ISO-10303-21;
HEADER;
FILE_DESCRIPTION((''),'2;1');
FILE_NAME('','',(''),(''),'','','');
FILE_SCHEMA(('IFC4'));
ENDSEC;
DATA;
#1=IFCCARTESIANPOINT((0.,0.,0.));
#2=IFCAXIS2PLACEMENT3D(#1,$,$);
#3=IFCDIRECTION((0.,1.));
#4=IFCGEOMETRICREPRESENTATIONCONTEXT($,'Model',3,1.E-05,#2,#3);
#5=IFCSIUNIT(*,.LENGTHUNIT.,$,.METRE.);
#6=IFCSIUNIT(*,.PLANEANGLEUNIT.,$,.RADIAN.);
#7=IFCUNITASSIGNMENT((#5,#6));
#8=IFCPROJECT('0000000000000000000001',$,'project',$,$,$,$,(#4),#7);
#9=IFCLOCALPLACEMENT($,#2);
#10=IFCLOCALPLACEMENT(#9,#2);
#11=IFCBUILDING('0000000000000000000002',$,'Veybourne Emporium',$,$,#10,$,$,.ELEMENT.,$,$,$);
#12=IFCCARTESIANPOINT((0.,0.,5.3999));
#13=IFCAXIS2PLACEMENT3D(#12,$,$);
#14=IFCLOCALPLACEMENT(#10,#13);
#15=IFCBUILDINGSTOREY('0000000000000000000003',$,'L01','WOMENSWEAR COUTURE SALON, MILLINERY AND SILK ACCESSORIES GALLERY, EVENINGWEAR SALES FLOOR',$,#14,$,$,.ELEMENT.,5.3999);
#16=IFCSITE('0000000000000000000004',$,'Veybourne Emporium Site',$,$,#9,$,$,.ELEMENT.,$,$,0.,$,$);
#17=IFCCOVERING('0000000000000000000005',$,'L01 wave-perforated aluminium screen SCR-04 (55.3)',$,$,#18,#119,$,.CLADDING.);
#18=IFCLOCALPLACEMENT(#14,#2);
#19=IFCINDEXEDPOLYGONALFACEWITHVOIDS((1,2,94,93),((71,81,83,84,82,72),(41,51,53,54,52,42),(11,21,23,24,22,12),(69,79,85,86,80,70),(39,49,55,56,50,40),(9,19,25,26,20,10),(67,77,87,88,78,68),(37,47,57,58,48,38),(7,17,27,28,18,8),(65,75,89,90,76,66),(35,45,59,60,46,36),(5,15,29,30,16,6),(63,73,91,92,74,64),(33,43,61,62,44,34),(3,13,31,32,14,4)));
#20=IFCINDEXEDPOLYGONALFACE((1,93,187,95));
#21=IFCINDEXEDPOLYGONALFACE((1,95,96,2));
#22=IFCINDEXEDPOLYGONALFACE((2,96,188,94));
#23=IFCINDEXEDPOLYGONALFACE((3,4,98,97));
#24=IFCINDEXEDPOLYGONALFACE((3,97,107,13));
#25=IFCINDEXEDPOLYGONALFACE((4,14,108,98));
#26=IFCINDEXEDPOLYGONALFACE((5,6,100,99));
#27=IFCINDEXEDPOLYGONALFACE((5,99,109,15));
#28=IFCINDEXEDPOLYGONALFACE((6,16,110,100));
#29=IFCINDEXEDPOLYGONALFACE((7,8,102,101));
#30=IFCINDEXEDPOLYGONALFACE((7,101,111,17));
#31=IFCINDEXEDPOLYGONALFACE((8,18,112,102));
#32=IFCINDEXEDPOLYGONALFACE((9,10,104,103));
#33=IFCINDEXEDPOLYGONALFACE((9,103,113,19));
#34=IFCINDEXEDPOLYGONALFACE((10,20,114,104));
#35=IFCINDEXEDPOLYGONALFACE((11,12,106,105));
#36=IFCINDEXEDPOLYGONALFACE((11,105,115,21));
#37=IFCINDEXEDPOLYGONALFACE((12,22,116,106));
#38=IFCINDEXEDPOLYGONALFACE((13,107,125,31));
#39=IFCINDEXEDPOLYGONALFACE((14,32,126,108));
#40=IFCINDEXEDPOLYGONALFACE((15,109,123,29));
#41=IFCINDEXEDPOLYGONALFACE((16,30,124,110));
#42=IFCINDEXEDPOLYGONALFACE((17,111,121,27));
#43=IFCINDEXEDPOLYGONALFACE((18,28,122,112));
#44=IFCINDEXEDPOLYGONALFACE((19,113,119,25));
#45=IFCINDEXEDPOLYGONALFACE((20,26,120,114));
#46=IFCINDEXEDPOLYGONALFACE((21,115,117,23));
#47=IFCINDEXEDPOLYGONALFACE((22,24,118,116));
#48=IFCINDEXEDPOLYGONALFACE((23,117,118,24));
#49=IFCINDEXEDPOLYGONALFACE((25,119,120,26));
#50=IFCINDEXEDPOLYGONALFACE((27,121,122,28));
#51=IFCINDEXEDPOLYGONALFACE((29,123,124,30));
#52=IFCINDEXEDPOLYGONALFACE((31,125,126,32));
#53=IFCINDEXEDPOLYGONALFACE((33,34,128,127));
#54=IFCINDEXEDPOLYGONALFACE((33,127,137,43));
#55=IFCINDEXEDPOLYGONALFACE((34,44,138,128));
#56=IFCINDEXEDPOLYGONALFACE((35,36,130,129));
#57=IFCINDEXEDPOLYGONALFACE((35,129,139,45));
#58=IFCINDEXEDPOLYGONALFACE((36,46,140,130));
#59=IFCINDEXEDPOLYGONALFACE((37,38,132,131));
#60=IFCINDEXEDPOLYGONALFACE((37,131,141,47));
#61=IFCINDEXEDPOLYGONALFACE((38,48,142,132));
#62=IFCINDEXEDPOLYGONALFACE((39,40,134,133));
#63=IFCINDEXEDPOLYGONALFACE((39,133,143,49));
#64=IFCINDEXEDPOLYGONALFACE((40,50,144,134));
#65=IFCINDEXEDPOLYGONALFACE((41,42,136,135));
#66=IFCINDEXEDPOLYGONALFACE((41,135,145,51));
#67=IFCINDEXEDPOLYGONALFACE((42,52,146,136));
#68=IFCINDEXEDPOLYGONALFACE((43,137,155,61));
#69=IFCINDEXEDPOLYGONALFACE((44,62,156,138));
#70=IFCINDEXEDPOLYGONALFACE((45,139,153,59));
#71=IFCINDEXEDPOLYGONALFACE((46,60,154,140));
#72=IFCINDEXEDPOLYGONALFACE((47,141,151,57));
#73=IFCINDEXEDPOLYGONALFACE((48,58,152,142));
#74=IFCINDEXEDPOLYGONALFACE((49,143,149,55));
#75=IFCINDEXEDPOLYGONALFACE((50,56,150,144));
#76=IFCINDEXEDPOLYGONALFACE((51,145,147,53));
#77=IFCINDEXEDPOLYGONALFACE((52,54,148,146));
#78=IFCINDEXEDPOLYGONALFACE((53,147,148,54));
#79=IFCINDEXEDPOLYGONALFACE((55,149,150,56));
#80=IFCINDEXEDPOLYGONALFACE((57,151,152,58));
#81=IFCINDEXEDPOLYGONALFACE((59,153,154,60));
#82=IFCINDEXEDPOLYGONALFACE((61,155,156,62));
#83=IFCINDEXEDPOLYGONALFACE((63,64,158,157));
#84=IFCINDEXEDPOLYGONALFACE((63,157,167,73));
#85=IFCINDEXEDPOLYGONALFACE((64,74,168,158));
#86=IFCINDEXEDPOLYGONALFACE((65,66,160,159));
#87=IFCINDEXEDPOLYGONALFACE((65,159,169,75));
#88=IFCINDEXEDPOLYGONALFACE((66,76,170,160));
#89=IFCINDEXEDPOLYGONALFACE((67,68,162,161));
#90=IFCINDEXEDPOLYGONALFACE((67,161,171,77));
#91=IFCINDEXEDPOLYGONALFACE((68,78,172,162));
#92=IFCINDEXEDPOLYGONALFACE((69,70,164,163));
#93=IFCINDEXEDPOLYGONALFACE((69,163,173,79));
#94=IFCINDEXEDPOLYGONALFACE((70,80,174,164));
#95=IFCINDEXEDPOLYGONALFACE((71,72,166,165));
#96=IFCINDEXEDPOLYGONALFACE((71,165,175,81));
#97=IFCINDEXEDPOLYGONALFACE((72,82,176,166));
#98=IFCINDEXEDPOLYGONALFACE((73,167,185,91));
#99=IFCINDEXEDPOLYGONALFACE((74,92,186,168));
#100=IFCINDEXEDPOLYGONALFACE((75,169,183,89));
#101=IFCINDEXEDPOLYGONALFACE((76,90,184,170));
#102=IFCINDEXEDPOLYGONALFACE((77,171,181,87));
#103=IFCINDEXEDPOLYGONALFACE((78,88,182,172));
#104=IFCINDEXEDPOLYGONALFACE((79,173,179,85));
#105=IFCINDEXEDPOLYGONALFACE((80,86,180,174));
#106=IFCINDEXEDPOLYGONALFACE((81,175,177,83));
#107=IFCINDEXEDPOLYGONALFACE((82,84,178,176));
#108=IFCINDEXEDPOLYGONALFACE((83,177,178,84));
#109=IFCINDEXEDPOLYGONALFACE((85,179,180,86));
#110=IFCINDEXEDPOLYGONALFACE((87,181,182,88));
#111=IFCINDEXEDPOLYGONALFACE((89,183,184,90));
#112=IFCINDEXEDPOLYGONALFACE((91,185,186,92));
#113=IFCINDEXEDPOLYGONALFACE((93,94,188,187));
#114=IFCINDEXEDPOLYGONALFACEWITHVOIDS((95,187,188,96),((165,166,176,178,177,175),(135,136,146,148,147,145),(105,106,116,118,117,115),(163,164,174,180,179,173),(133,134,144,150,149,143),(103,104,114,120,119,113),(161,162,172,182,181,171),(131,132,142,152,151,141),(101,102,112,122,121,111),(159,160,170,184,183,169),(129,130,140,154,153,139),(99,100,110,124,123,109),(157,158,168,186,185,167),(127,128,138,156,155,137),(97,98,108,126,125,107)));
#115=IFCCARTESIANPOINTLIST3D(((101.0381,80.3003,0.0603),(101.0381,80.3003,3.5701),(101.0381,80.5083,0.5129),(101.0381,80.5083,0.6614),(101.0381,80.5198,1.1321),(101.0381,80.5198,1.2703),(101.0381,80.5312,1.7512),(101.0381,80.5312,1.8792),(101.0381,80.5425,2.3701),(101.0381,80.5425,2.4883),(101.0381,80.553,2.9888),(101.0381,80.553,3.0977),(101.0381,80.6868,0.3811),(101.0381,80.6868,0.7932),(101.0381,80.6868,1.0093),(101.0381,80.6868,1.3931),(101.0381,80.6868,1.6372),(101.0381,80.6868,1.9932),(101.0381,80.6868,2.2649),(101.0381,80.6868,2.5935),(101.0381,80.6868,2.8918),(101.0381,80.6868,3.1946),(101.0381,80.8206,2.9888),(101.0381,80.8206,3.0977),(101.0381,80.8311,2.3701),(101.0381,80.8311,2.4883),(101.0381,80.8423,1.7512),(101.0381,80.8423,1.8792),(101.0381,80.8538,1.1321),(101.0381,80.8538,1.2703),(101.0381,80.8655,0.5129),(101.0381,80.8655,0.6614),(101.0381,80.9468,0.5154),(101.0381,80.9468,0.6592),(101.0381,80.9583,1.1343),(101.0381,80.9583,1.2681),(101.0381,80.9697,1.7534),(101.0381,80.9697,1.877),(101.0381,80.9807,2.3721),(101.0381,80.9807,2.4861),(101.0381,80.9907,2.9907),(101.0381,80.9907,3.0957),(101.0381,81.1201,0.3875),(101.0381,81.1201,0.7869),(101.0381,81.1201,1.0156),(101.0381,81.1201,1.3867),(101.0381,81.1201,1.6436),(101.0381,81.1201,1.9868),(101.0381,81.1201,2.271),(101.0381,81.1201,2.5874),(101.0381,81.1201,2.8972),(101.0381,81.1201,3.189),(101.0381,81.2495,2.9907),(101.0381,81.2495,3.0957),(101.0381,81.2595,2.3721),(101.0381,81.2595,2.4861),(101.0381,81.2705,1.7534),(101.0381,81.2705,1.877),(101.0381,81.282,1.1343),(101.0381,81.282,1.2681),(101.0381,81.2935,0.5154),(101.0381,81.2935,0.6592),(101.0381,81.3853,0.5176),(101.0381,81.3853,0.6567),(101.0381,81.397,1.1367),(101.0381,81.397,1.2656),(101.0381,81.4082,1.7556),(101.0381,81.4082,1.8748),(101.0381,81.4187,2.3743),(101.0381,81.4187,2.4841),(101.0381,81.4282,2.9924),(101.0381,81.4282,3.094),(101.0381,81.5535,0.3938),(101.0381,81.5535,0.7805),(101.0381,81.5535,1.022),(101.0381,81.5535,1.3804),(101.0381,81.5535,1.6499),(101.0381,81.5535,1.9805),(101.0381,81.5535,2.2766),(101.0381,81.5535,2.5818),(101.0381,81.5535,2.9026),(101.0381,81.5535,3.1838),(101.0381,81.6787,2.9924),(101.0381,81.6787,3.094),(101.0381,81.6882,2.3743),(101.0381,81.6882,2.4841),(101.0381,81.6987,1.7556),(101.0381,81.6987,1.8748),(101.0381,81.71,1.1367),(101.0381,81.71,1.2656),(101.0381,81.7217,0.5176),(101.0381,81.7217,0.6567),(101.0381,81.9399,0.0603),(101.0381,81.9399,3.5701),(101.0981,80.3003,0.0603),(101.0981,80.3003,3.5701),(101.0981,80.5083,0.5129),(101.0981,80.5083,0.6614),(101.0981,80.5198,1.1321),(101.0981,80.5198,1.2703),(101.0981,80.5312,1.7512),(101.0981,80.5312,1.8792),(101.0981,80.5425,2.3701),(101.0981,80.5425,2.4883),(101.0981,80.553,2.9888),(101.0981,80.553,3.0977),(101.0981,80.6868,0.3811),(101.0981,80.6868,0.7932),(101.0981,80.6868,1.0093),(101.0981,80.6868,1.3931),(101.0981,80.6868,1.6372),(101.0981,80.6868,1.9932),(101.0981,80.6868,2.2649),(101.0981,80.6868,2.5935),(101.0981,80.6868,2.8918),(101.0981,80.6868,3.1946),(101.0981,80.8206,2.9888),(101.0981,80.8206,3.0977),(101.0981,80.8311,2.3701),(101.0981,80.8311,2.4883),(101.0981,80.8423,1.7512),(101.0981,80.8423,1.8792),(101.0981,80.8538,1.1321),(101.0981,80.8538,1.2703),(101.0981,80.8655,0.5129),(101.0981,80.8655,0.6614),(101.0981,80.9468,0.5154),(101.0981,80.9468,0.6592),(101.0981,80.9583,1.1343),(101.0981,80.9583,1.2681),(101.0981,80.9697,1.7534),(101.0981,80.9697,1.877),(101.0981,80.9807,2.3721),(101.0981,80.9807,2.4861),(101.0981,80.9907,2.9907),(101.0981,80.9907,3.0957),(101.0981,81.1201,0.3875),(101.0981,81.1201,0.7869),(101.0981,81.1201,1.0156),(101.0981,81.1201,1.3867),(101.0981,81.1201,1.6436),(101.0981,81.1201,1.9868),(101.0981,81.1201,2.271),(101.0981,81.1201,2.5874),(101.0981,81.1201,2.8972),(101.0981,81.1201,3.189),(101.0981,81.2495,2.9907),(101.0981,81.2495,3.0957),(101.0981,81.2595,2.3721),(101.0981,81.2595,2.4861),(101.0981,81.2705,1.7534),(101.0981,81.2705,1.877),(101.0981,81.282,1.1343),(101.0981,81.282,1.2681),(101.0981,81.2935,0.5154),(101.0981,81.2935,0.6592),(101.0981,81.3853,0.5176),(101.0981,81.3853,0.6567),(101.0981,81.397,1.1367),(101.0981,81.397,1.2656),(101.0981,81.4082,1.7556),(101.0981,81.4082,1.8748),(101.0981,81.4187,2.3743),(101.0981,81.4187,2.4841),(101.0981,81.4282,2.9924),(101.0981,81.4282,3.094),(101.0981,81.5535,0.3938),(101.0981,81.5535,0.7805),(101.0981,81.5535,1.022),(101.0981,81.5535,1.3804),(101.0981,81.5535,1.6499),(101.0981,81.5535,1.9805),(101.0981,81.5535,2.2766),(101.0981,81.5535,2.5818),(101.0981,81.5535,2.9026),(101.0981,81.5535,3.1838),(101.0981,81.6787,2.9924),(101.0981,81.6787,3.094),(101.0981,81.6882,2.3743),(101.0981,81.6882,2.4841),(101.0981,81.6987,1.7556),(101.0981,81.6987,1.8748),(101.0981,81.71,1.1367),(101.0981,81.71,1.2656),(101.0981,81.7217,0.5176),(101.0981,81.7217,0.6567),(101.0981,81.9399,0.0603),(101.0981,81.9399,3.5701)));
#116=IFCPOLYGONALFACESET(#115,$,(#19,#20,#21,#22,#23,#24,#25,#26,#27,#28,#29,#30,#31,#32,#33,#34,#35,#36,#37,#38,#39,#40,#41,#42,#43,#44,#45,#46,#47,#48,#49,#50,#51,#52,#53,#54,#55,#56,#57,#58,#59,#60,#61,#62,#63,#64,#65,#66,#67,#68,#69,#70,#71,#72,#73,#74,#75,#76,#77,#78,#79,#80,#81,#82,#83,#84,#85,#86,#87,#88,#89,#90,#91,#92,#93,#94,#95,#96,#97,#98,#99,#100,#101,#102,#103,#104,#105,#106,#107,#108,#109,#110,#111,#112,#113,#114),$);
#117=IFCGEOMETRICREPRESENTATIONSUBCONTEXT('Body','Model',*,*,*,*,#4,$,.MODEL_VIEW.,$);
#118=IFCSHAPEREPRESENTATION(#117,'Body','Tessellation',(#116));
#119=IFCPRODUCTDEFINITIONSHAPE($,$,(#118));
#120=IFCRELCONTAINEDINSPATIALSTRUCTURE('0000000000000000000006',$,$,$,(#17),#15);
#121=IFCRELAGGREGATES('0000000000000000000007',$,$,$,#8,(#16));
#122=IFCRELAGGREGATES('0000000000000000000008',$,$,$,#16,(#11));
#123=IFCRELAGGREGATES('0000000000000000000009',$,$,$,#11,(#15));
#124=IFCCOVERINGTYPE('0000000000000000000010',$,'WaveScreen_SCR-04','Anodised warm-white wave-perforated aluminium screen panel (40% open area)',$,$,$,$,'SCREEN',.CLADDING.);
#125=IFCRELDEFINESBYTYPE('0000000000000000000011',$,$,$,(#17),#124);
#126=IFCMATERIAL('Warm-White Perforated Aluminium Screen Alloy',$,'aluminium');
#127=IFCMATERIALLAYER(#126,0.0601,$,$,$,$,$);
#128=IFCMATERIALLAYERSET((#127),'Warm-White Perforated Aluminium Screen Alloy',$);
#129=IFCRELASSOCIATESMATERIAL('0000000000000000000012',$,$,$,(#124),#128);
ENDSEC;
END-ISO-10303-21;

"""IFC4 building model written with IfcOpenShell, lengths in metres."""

from ifc_helpers import new_model, si_unit, direction, frame, origin, place, context, subcontext, project, spatial, polyline, outline, extrude, material, layer, layer_set, type_object, element, save


model = new_model("IFC4")

# Units and contexts
model_context = context("Model", 3, precision=1e-05, world=origin(), true_north=direction((0.0, 1.0)))
body_context = subcontext(model_context, "Body", "Model", "MODEL_VIEW")
ifc_project = project(units=[si_unit("LENGTHUNIT", "METRE"), si_unit("PLANEANGLEUNIT", "RADIAN")], contexts=[model_context])

# Site, building, storey
site_placement = place(None, origin())
site = spatial("IfcSite", under=ifc_project, at=site_placement, Name="Veybourne Emporium Site", CompositionType="ELEMENT", RefElevation=0.0)
building_placement = place(site_placement, origin())
building = spatial("IfcBuilding", under=site, at=building_placement, Name="Veybourne Emporium", CompositionType="ELEMENT")
storey_placement = place(building_placement, frame((0.0, 0.0, 5.3999)))
storey = spatial("IfcBuildingStorey", under=building, at=storey_placement, Name="L01", Description="WOMENSWEAR COUTURE SALON, MILLINERY AND SILK ACCESSORIES GALLERY, EVENINGWEAR SALES FLOOR", CompositionType="ELEMENT", Elevation=5.3999)

# Covering
ifc_material_1 = material(Name="Warm-White Perforated Aluminium Screen Alloy", Category="aluminium")
ifc_layer_1 = layer(ifc_material_1, 0.0601)
ifc_layer_set_1 = layer_set([ifc_layer_1], Name="Warm-White Perforated Aluminium Screen Alloy")
covering_type_1 = type_object("IfcCoveringType", Name="WaveScreen_SCR-04", Description="Anodised warm-white wave-perforated aluminium screen panel (40% open area)", ElementType="SCREEN", PredefinedType="CLADDING", material=ifc_layer_set_1)
covering_1_placement = place(storey_placement, frame((101.0981, 81.1201, 1.8152), z_axis=(-1.0, 0.0, 0.0), x_axis=(0.0, -1.0, 0.0)))
element("IfcCovering", 1, at=covering_1_placement, inside=storey, type_object=covering_type_1, Name="L01 wave-perforated aluminium screen SCR-04 (55.3)", PredefinedType="CLADDING", context=body_context, shape_type="SweptSolid", body=[
    extrude(outline(polyline([(-0.8198, -1.7549), (0.8198, -1.7549), (0.8198, 1.7549), (-0.8198, 1.7549), (-0.8198, -1.7549)]), holes=[polyline([(-0.4333, -1.0347), (-0.2651, -1.1584), (-0.2651, -1.2976), (-0.4333, -1.4214), (-0.6016, -1.2976), (-0.6016, -1.1584), (-0.4333, -1.0347)]), polyline([(-0.4333, -0.4348), (-0.2769, -0.5496), (-0.2769, -0.6785), (-0.4333, -0.7932), (-0.5898, -0.6785), (-0.5898, -0.5496), (-0.4333, -0.4348)]), polyline([(-0.4333, 0.1653), (-0.2881, 0.0596), (-0.2881, -0.0596), (-0.4333, -0.1653), (-0.5786, -0.0596), (-0.5786, 0.0596), (-0.4333, 0.1653)]), polyline([(-0.4333, 0.7666), (-0.2986, 0.6689), (-0.2986, 0.5591), (-0.4333, 0.4614), (-0.5681, 0.5591), (-0.5681, 0.6689), (-0.4333, 0.7666)]), polyline([(-0.4333, 1.3687), (-0.3081, 1.2788), (-0.3081, 1.1772), (-0.4333, 1.0874), (-0.5586, 1.1772), (-0.5586, 1.2788), (-0.4333, 1.3687)]), polyline([(0.0, -1.0283), (0.1733, -1.156), (0.1733, -1.2998), (0.0, -1.4277), (-0.1733, -1.2998), (-0.1733, -1.156), (0.0, -1.0283)]), polyline([(0.0, -0.4285), (0.1619, -0.5471), (0.1619, -0.6809), (0.0, -0.7996), (-0.1619, -0.6809), (-0.1619, -0.5471), (0.0, -0.4285)]), polyline([(0.0, 0.1716), (0.1504, 0.0618), (0.1504, -0.0618), (0.0, -0.1716), (-0.1504, -0.0618), (-0.1504, 0.0618), (0.0, 0.1716)]), polyline([(0.0, 0.7722), (0.1394, 0.6709), (0.1394, 0.5569), (0.0, 0.4558), (-0.1394, 0.5569), (-0.1394, 0.6709), (0.0, 0.7722)]), polyline([(0.0, 1.3738), (0.1294, 1.2805), (0.1294, 1.1755), (0.0, 1.082), (-0.1294, 1.1755), (-0.1294, 1.2805), (0.0, 1.3738)]), polyline([(0.4333, -1.022), (0.6118, -1.1538), (0.6118, -1.3022), (0.4333, -1.4341), (0.2546, -1.3022), (0.2546, -1.1538), (0.4333, -1.022)]), polyline([(0.4333, -0.4221), (0.6003, -0.5449), (0.6003, -0.6831), (0.4333, -0.8059), (0.2664, -0.6831), (0.2664, -0.5449), (0.4333, -0.4221)]), polyline([(0.4333, 0.178), (0.5889, 0.064), (0.5889, -0.064), (0.4333, -0.178), (0.2778, -0.064), (0.2778, 0.064), (0.4333, 0.178)]), polyline([(0.4333, 0.7783), (0.5776, 0.6731), (0.5776, 0.5549), (0.4333, 0.4497), (0.2891, 0.5549), (0.2891, 0.6731), (0.4333, 0.7783)]), polyline([(0.4333, 1.3794), (0.5671, 1.2825), (0.5671, 1.1736), (0.4333, 1.0767), (0.2996, 1.1736), (0.2996, 1.2825), (0.4333, 1.3794)])]), origin(), (0.0, 0.0, 1.0), 0.0601),
])

save(model, "model.ifc")
